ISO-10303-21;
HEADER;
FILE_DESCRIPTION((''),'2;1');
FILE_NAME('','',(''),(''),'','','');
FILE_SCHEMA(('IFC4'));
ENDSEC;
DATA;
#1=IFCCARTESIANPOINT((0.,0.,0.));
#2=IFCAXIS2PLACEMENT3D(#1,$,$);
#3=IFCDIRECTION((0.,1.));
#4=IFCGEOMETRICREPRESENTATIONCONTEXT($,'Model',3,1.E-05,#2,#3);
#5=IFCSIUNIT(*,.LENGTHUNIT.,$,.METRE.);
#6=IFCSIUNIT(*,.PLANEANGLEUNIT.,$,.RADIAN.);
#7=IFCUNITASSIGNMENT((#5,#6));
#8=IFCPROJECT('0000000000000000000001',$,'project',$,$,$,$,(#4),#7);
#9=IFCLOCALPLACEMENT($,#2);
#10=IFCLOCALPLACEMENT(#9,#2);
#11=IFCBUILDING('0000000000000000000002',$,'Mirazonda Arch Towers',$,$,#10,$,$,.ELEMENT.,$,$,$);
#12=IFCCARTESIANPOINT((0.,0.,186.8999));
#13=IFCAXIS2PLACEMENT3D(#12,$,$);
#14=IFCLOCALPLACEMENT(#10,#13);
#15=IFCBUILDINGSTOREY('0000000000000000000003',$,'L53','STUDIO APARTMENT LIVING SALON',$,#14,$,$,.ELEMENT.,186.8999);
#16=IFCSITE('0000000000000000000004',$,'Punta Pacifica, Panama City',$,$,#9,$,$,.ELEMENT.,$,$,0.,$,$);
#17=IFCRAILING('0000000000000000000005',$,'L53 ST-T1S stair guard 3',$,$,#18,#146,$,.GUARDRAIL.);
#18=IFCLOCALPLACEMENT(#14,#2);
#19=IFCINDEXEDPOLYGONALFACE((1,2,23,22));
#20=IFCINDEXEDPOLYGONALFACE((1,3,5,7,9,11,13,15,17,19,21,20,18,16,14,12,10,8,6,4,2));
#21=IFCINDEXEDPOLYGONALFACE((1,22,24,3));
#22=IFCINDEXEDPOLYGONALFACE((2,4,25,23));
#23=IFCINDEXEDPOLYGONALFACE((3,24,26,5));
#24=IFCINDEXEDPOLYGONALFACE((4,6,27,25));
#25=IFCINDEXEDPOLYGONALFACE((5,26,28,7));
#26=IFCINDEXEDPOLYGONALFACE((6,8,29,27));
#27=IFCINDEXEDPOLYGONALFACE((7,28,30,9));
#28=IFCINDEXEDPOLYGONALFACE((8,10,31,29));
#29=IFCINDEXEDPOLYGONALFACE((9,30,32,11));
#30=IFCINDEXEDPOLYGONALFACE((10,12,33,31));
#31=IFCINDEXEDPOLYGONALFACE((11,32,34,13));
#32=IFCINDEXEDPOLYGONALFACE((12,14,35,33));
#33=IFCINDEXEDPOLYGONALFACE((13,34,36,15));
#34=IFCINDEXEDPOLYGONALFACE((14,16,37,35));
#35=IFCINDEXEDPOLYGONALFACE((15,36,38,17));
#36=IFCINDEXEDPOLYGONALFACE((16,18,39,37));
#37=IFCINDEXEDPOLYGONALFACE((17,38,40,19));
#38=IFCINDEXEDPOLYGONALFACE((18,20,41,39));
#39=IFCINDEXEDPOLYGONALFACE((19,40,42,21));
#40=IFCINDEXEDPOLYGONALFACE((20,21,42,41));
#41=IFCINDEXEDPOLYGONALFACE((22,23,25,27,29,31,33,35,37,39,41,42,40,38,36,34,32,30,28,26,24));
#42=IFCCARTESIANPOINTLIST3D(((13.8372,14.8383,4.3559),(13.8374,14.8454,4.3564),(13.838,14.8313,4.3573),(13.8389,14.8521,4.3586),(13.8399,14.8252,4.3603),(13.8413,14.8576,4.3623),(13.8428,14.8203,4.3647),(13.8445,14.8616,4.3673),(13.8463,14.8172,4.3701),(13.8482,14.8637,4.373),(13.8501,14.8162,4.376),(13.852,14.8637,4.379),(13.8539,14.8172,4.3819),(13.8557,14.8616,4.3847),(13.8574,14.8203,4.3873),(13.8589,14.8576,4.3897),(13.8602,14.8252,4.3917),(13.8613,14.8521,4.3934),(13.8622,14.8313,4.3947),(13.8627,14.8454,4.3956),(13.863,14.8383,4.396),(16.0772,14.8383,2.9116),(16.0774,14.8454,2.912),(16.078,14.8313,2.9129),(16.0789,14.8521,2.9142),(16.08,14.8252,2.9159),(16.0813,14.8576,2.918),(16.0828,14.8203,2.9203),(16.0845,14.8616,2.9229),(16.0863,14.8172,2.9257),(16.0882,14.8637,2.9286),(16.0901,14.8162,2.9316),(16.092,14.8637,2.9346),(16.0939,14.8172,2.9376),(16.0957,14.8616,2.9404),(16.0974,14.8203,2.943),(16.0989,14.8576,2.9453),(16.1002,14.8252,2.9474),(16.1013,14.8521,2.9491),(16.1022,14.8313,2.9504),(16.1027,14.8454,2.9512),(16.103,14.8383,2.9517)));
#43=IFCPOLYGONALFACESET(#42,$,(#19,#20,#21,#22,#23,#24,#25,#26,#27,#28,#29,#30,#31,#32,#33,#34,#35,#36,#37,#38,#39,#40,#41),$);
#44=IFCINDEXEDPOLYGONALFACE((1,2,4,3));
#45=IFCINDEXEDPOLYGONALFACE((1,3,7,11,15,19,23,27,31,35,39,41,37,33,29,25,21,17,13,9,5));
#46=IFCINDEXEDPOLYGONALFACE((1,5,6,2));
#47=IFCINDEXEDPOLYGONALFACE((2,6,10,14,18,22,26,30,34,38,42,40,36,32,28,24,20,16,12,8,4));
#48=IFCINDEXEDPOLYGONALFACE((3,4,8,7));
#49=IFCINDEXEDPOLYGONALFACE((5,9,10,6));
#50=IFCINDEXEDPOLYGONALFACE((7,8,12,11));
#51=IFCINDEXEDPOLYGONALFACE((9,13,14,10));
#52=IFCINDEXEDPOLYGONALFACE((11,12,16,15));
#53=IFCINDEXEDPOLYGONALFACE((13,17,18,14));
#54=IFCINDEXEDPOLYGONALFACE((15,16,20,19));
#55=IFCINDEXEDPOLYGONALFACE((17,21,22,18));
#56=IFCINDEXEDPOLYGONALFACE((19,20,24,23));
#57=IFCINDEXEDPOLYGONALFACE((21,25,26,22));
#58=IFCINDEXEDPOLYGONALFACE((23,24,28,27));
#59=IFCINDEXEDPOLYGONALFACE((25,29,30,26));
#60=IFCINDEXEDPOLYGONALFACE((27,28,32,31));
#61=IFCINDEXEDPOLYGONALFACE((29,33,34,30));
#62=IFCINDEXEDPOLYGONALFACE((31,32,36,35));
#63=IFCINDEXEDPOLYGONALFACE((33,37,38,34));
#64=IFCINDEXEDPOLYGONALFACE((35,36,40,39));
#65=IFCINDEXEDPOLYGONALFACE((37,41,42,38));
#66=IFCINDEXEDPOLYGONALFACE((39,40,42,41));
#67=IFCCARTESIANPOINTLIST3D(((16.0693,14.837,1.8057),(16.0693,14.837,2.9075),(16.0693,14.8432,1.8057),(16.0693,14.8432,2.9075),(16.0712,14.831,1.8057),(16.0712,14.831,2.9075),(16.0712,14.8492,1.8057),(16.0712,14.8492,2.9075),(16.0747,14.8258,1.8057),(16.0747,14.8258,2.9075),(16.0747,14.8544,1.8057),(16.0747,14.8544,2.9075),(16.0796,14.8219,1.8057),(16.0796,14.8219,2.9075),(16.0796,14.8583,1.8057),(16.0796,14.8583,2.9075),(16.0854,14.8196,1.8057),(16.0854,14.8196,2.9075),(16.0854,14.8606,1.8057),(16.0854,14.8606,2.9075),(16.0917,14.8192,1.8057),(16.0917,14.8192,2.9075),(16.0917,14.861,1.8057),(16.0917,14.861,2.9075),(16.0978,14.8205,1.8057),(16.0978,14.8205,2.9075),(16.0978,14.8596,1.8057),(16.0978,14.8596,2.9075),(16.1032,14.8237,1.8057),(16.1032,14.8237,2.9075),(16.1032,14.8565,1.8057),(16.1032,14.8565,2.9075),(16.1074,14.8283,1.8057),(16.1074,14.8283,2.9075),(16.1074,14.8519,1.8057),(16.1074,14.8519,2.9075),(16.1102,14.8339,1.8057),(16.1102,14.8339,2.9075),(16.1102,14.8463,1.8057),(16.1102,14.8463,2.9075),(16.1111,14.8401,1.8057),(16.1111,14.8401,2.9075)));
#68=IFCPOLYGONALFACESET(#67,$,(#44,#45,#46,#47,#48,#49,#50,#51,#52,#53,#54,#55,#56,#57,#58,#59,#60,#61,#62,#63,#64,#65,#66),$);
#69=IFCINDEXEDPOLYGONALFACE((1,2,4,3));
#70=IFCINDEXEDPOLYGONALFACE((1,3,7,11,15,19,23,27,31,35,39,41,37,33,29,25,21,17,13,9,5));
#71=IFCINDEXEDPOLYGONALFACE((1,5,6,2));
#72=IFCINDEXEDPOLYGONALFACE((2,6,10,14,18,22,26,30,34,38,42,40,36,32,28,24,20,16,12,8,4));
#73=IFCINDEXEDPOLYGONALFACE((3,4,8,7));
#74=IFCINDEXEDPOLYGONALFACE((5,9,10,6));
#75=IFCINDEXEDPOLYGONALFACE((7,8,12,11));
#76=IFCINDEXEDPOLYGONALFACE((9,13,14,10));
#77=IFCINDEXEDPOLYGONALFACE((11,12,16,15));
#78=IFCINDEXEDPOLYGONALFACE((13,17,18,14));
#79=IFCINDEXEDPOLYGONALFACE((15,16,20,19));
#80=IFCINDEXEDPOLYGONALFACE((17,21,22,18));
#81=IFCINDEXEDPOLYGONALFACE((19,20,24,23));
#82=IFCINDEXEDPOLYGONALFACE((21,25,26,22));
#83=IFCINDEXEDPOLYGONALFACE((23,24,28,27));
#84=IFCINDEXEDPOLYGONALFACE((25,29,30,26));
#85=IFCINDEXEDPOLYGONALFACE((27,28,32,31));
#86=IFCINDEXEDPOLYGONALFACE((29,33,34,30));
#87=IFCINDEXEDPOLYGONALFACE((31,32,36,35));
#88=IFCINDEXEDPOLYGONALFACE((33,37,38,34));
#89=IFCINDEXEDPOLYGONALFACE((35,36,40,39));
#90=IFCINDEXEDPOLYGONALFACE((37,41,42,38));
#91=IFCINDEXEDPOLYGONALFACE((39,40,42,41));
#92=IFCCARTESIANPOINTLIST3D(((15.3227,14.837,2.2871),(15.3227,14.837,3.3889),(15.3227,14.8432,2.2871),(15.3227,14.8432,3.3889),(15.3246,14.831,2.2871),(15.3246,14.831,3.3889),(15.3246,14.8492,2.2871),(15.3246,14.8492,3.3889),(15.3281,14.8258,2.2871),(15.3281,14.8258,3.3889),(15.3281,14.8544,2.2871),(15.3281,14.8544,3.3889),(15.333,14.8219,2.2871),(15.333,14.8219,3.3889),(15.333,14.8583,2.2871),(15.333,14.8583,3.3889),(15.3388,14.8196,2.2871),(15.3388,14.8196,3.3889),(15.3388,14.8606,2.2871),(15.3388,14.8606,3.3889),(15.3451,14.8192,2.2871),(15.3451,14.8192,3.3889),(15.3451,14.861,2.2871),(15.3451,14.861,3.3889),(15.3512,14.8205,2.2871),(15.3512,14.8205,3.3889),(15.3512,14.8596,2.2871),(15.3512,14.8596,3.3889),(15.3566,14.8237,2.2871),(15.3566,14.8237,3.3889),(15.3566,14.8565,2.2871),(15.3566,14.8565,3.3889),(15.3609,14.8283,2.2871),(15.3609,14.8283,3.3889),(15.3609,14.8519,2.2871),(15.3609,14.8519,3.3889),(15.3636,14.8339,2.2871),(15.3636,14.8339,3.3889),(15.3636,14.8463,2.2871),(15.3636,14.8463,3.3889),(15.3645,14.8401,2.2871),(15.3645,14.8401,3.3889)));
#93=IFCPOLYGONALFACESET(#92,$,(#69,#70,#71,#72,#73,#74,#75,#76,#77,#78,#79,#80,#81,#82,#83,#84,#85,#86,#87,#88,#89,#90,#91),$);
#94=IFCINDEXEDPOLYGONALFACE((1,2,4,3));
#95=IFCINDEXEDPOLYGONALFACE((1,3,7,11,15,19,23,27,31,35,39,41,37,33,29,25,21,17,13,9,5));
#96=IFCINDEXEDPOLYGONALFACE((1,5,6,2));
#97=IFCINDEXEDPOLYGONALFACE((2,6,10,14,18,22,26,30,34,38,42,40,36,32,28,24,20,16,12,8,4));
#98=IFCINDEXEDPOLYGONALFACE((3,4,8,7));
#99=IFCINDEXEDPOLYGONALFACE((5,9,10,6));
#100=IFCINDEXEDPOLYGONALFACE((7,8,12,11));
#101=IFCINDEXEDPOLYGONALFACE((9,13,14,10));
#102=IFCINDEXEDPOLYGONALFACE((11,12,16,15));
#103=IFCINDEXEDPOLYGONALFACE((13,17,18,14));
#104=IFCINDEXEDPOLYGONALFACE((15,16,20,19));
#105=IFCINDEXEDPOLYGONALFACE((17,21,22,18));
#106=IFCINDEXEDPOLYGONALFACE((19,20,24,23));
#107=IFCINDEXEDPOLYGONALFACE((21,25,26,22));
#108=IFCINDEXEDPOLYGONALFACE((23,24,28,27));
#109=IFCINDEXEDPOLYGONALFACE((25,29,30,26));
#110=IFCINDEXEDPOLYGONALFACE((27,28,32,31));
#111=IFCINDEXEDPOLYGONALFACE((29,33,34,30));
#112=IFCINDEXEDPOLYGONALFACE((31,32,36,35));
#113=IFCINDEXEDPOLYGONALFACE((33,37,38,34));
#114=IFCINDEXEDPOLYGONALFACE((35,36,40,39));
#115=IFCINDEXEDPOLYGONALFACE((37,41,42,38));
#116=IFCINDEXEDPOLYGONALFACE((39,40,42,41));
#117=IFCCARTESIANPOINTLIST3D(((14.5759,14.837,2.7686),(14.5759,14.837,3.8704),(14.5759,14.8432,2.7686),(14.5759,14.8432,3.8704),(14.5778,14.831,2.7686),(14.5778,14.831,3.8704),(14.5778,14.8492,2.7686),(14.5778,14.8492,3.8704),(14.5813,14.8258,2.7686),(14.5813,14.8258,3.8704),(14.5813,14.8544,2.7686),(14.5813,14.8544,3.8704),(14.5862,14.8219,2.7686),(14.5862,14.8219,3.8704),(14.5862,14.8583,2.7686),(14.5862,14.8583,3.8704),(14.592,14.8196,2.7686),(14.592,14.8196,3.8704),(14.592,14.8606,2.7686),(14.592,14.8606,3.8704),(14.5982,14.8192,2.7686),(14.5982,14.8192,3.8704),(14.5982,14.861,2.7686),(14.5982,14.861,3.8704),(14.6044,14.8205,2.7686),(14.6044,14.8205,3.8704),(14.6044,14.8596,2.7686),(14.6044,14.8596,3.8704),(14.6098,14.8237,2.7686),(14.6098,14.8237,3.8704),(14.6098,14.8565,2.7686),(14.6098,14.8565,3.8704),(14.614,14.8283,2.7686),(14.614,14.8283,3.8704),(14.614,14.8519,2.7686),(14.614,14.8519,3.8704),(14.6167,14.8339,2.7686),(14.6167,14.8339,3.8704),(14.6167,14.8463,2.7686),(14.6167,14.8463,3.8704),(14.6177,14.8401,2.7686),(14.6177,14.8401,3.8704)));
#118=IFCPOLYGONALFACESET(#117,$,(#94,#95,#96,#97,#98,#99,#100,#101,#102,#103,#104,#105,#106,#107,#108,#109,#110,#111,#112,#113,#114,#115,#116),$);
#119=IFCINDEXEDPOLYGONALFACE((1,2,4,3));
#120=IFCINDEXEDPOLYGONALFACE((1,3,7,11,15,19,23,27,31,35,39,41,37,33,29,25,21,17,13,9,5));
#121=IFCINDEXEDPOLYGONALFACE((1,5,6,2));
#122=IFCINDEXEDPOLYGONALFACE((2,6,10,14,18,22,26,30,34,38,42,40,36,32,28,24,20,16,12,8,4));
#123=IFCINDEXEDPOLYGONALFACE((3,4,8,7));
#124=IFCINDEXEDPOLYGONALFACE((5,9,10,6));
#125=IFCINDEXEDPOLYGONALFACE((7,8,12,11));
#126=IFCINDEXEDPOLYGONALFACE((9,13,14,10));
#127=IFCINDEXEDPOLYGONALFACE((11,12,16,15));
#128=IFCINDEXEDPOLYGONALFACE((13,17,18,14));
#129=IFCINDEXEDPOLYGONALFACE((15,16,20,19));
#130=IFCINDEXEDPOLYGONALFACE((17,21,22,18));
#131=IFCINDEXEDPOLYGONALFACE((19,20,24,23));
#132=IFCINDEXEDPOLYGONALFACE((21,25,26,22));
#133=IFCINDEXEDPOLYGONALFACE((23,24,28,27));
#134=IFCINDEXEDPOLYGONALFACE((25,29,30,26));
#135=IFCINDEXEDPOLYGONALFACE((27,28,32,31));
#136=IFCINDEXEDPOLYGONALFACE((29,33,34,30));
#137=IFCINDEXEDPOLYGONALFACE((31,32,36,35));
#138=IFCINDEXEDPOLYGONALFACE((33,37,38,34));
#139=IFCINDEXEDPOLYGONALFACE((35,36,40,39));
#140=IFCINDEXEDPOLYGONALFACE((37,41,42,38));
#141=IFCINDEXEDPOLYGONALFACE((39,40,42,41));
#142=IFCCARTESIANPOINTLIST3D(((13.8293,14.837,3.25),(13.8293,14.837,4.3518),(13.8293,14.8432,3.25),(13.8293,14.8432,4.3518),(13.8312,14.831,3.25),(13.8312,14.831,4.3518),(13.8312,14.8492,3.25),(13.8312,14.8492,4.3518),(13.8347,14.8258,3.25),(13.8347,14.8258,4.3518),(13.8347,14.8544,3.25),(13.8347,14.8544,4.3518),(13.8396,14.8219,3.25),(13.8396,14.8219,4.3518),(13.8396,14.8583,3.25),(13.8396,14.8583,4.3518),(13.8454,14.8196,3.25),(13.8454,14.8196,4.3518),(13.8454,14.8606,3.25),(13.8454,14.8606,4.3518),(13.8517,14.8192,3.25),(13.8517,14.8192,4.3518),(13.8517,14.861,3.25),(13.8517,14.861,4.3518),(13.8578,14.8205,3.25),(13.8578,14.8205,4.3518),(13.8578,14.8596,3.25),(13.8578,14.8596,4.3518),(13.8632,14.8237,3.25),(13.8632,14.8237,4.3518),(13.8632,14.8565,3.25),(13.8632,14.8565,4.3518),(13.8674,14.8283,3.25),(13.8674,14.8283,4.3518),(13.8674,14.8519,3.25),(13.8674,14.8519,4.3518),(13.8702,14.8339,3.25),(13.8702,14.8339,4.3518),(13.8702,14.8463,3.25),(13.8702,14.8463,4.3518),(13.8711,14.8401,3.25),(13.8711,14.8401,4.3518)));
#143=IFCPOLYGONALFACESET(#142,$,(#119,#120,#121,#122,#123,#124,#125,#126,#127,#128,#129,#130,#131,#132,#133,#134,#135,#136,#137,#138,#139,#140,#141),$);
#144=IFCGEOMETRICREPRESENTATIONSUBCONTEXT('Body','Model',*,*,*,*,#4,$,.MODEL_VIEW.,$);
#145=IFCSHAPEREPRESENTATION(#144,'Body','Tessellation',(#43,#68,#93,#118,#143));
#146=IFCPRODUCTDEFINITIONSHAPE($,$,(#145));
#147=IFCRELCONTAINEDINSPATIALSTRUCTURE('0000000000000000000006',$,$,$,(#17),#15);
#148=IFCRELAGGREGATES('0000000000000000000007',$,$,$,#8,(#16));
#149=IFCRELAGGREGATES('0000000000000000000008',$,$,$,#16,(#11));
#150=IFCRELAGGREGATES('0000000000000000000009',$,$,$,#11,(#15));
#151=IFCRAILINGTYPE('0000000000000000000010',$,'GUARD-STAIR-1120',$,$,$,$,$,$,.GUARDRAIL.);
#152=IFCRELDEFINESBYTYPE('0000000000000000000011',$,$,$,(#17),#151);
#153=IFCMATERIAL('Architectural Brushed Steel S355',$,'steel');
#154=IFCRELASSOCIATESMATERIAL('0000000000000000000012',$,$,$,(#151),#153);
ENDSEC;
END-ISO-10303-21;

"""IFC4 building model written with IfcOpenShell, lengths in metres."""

from ifc_helpers import new_model, si_unit, direction, frame, origin, origin_2d, place, context, subcontext, project, spatial, circle, extrude, material, type_object, element, save


model = new_model("IFC4")

# Units and contexts
model_context = context("Model", 3, precision=1e-05, world=origin(), true_north=direction((0.0, 1.0)))
body_context = subcontext(model_context, "Body", "Model", "MODEL_VIEW")
ifc_project = project(units=[si_unit("LENGTHUNIT", "METRE"), si_unit("PLANEANGLEUNIT", "RADIAN")], contexts=[model_context])

# Site, building, storey
site_placement = place(None, origin())
site = spatial("IfcSite", under=ifc_project, at=site_placement, Name="Punta Pacifica, Panama City", CompositionType="ELEMENT", RefElevation=0.0)
building_placement = place(site_placement, origin())
building = spatial("IfcBuilding", under=site, at=building_placement, Name="Mirazonda Arch Towers", CompositionType="ELEMENT")
storey_placement = place(building_placement, frame((0.0, 0.0, 186.8999)))
storey = spatial("IfcBuildingStorey", under=building, at=storey_placement, Name="L53", Description="STUDIO APARTMENT LIVING SALON", CompositionType="ELEMENT", Elevation=186.8999)

# Shared definitions
ifc_material_1 = material(Name="Architectural Brushed Steel S355", Category="steel")

# Railing
railing_type_1 = type_object("IfcRailingType", Name="GUARD-STAIR-1120", PredefinedType="GUARDRAIL", material=ifc_material_1)
railing_1_placement = place(storey_placement, frame((16.0901, 14.8401, 1.8057)))
element("IfcRailing", 1, at=railing_1_placement, inside=storey, type_object=railing_type_1, Name="L53 ST-T1S stair guard 3", PredefinedType="GUARDRAIL", context=body_context, shape_type="SweptSolid", body=[
    extrude(circle(Radius=0.0239, at=origin_2d()), frame((0.0, 0.0, 1.126), z_axis=(-0.840437, 0.0, 0.54191), x_axis=(0.0, -1.0, 0.0)), (0.0, 0.0, 1.0), 2.6653),
    extrude(circle(Radius=0.021, at=origin_2d()), origin(), (0.0, 0.0, 1.0), 1.1018),
    extrude(circle(Radius=0.021, at=origin_2d()), frame((-0.7466, 0.0, 0.4814)), (0.0, 0.0, 1.0), 1.1018),
    extrude(circle(Radius=0.021, at=origin_2d()), frame((-1.4934, 0.0, 0.9629)), (0.0, 0.0, 1.0), 1.1018),
    extrude(circle(Radius=0.021, at=origin_2d()), frame((-2.24, 0.0, 1.4443)), (0.0, 0.0, 1.0), 1.1018),
])

save(model, "model.ifc")
